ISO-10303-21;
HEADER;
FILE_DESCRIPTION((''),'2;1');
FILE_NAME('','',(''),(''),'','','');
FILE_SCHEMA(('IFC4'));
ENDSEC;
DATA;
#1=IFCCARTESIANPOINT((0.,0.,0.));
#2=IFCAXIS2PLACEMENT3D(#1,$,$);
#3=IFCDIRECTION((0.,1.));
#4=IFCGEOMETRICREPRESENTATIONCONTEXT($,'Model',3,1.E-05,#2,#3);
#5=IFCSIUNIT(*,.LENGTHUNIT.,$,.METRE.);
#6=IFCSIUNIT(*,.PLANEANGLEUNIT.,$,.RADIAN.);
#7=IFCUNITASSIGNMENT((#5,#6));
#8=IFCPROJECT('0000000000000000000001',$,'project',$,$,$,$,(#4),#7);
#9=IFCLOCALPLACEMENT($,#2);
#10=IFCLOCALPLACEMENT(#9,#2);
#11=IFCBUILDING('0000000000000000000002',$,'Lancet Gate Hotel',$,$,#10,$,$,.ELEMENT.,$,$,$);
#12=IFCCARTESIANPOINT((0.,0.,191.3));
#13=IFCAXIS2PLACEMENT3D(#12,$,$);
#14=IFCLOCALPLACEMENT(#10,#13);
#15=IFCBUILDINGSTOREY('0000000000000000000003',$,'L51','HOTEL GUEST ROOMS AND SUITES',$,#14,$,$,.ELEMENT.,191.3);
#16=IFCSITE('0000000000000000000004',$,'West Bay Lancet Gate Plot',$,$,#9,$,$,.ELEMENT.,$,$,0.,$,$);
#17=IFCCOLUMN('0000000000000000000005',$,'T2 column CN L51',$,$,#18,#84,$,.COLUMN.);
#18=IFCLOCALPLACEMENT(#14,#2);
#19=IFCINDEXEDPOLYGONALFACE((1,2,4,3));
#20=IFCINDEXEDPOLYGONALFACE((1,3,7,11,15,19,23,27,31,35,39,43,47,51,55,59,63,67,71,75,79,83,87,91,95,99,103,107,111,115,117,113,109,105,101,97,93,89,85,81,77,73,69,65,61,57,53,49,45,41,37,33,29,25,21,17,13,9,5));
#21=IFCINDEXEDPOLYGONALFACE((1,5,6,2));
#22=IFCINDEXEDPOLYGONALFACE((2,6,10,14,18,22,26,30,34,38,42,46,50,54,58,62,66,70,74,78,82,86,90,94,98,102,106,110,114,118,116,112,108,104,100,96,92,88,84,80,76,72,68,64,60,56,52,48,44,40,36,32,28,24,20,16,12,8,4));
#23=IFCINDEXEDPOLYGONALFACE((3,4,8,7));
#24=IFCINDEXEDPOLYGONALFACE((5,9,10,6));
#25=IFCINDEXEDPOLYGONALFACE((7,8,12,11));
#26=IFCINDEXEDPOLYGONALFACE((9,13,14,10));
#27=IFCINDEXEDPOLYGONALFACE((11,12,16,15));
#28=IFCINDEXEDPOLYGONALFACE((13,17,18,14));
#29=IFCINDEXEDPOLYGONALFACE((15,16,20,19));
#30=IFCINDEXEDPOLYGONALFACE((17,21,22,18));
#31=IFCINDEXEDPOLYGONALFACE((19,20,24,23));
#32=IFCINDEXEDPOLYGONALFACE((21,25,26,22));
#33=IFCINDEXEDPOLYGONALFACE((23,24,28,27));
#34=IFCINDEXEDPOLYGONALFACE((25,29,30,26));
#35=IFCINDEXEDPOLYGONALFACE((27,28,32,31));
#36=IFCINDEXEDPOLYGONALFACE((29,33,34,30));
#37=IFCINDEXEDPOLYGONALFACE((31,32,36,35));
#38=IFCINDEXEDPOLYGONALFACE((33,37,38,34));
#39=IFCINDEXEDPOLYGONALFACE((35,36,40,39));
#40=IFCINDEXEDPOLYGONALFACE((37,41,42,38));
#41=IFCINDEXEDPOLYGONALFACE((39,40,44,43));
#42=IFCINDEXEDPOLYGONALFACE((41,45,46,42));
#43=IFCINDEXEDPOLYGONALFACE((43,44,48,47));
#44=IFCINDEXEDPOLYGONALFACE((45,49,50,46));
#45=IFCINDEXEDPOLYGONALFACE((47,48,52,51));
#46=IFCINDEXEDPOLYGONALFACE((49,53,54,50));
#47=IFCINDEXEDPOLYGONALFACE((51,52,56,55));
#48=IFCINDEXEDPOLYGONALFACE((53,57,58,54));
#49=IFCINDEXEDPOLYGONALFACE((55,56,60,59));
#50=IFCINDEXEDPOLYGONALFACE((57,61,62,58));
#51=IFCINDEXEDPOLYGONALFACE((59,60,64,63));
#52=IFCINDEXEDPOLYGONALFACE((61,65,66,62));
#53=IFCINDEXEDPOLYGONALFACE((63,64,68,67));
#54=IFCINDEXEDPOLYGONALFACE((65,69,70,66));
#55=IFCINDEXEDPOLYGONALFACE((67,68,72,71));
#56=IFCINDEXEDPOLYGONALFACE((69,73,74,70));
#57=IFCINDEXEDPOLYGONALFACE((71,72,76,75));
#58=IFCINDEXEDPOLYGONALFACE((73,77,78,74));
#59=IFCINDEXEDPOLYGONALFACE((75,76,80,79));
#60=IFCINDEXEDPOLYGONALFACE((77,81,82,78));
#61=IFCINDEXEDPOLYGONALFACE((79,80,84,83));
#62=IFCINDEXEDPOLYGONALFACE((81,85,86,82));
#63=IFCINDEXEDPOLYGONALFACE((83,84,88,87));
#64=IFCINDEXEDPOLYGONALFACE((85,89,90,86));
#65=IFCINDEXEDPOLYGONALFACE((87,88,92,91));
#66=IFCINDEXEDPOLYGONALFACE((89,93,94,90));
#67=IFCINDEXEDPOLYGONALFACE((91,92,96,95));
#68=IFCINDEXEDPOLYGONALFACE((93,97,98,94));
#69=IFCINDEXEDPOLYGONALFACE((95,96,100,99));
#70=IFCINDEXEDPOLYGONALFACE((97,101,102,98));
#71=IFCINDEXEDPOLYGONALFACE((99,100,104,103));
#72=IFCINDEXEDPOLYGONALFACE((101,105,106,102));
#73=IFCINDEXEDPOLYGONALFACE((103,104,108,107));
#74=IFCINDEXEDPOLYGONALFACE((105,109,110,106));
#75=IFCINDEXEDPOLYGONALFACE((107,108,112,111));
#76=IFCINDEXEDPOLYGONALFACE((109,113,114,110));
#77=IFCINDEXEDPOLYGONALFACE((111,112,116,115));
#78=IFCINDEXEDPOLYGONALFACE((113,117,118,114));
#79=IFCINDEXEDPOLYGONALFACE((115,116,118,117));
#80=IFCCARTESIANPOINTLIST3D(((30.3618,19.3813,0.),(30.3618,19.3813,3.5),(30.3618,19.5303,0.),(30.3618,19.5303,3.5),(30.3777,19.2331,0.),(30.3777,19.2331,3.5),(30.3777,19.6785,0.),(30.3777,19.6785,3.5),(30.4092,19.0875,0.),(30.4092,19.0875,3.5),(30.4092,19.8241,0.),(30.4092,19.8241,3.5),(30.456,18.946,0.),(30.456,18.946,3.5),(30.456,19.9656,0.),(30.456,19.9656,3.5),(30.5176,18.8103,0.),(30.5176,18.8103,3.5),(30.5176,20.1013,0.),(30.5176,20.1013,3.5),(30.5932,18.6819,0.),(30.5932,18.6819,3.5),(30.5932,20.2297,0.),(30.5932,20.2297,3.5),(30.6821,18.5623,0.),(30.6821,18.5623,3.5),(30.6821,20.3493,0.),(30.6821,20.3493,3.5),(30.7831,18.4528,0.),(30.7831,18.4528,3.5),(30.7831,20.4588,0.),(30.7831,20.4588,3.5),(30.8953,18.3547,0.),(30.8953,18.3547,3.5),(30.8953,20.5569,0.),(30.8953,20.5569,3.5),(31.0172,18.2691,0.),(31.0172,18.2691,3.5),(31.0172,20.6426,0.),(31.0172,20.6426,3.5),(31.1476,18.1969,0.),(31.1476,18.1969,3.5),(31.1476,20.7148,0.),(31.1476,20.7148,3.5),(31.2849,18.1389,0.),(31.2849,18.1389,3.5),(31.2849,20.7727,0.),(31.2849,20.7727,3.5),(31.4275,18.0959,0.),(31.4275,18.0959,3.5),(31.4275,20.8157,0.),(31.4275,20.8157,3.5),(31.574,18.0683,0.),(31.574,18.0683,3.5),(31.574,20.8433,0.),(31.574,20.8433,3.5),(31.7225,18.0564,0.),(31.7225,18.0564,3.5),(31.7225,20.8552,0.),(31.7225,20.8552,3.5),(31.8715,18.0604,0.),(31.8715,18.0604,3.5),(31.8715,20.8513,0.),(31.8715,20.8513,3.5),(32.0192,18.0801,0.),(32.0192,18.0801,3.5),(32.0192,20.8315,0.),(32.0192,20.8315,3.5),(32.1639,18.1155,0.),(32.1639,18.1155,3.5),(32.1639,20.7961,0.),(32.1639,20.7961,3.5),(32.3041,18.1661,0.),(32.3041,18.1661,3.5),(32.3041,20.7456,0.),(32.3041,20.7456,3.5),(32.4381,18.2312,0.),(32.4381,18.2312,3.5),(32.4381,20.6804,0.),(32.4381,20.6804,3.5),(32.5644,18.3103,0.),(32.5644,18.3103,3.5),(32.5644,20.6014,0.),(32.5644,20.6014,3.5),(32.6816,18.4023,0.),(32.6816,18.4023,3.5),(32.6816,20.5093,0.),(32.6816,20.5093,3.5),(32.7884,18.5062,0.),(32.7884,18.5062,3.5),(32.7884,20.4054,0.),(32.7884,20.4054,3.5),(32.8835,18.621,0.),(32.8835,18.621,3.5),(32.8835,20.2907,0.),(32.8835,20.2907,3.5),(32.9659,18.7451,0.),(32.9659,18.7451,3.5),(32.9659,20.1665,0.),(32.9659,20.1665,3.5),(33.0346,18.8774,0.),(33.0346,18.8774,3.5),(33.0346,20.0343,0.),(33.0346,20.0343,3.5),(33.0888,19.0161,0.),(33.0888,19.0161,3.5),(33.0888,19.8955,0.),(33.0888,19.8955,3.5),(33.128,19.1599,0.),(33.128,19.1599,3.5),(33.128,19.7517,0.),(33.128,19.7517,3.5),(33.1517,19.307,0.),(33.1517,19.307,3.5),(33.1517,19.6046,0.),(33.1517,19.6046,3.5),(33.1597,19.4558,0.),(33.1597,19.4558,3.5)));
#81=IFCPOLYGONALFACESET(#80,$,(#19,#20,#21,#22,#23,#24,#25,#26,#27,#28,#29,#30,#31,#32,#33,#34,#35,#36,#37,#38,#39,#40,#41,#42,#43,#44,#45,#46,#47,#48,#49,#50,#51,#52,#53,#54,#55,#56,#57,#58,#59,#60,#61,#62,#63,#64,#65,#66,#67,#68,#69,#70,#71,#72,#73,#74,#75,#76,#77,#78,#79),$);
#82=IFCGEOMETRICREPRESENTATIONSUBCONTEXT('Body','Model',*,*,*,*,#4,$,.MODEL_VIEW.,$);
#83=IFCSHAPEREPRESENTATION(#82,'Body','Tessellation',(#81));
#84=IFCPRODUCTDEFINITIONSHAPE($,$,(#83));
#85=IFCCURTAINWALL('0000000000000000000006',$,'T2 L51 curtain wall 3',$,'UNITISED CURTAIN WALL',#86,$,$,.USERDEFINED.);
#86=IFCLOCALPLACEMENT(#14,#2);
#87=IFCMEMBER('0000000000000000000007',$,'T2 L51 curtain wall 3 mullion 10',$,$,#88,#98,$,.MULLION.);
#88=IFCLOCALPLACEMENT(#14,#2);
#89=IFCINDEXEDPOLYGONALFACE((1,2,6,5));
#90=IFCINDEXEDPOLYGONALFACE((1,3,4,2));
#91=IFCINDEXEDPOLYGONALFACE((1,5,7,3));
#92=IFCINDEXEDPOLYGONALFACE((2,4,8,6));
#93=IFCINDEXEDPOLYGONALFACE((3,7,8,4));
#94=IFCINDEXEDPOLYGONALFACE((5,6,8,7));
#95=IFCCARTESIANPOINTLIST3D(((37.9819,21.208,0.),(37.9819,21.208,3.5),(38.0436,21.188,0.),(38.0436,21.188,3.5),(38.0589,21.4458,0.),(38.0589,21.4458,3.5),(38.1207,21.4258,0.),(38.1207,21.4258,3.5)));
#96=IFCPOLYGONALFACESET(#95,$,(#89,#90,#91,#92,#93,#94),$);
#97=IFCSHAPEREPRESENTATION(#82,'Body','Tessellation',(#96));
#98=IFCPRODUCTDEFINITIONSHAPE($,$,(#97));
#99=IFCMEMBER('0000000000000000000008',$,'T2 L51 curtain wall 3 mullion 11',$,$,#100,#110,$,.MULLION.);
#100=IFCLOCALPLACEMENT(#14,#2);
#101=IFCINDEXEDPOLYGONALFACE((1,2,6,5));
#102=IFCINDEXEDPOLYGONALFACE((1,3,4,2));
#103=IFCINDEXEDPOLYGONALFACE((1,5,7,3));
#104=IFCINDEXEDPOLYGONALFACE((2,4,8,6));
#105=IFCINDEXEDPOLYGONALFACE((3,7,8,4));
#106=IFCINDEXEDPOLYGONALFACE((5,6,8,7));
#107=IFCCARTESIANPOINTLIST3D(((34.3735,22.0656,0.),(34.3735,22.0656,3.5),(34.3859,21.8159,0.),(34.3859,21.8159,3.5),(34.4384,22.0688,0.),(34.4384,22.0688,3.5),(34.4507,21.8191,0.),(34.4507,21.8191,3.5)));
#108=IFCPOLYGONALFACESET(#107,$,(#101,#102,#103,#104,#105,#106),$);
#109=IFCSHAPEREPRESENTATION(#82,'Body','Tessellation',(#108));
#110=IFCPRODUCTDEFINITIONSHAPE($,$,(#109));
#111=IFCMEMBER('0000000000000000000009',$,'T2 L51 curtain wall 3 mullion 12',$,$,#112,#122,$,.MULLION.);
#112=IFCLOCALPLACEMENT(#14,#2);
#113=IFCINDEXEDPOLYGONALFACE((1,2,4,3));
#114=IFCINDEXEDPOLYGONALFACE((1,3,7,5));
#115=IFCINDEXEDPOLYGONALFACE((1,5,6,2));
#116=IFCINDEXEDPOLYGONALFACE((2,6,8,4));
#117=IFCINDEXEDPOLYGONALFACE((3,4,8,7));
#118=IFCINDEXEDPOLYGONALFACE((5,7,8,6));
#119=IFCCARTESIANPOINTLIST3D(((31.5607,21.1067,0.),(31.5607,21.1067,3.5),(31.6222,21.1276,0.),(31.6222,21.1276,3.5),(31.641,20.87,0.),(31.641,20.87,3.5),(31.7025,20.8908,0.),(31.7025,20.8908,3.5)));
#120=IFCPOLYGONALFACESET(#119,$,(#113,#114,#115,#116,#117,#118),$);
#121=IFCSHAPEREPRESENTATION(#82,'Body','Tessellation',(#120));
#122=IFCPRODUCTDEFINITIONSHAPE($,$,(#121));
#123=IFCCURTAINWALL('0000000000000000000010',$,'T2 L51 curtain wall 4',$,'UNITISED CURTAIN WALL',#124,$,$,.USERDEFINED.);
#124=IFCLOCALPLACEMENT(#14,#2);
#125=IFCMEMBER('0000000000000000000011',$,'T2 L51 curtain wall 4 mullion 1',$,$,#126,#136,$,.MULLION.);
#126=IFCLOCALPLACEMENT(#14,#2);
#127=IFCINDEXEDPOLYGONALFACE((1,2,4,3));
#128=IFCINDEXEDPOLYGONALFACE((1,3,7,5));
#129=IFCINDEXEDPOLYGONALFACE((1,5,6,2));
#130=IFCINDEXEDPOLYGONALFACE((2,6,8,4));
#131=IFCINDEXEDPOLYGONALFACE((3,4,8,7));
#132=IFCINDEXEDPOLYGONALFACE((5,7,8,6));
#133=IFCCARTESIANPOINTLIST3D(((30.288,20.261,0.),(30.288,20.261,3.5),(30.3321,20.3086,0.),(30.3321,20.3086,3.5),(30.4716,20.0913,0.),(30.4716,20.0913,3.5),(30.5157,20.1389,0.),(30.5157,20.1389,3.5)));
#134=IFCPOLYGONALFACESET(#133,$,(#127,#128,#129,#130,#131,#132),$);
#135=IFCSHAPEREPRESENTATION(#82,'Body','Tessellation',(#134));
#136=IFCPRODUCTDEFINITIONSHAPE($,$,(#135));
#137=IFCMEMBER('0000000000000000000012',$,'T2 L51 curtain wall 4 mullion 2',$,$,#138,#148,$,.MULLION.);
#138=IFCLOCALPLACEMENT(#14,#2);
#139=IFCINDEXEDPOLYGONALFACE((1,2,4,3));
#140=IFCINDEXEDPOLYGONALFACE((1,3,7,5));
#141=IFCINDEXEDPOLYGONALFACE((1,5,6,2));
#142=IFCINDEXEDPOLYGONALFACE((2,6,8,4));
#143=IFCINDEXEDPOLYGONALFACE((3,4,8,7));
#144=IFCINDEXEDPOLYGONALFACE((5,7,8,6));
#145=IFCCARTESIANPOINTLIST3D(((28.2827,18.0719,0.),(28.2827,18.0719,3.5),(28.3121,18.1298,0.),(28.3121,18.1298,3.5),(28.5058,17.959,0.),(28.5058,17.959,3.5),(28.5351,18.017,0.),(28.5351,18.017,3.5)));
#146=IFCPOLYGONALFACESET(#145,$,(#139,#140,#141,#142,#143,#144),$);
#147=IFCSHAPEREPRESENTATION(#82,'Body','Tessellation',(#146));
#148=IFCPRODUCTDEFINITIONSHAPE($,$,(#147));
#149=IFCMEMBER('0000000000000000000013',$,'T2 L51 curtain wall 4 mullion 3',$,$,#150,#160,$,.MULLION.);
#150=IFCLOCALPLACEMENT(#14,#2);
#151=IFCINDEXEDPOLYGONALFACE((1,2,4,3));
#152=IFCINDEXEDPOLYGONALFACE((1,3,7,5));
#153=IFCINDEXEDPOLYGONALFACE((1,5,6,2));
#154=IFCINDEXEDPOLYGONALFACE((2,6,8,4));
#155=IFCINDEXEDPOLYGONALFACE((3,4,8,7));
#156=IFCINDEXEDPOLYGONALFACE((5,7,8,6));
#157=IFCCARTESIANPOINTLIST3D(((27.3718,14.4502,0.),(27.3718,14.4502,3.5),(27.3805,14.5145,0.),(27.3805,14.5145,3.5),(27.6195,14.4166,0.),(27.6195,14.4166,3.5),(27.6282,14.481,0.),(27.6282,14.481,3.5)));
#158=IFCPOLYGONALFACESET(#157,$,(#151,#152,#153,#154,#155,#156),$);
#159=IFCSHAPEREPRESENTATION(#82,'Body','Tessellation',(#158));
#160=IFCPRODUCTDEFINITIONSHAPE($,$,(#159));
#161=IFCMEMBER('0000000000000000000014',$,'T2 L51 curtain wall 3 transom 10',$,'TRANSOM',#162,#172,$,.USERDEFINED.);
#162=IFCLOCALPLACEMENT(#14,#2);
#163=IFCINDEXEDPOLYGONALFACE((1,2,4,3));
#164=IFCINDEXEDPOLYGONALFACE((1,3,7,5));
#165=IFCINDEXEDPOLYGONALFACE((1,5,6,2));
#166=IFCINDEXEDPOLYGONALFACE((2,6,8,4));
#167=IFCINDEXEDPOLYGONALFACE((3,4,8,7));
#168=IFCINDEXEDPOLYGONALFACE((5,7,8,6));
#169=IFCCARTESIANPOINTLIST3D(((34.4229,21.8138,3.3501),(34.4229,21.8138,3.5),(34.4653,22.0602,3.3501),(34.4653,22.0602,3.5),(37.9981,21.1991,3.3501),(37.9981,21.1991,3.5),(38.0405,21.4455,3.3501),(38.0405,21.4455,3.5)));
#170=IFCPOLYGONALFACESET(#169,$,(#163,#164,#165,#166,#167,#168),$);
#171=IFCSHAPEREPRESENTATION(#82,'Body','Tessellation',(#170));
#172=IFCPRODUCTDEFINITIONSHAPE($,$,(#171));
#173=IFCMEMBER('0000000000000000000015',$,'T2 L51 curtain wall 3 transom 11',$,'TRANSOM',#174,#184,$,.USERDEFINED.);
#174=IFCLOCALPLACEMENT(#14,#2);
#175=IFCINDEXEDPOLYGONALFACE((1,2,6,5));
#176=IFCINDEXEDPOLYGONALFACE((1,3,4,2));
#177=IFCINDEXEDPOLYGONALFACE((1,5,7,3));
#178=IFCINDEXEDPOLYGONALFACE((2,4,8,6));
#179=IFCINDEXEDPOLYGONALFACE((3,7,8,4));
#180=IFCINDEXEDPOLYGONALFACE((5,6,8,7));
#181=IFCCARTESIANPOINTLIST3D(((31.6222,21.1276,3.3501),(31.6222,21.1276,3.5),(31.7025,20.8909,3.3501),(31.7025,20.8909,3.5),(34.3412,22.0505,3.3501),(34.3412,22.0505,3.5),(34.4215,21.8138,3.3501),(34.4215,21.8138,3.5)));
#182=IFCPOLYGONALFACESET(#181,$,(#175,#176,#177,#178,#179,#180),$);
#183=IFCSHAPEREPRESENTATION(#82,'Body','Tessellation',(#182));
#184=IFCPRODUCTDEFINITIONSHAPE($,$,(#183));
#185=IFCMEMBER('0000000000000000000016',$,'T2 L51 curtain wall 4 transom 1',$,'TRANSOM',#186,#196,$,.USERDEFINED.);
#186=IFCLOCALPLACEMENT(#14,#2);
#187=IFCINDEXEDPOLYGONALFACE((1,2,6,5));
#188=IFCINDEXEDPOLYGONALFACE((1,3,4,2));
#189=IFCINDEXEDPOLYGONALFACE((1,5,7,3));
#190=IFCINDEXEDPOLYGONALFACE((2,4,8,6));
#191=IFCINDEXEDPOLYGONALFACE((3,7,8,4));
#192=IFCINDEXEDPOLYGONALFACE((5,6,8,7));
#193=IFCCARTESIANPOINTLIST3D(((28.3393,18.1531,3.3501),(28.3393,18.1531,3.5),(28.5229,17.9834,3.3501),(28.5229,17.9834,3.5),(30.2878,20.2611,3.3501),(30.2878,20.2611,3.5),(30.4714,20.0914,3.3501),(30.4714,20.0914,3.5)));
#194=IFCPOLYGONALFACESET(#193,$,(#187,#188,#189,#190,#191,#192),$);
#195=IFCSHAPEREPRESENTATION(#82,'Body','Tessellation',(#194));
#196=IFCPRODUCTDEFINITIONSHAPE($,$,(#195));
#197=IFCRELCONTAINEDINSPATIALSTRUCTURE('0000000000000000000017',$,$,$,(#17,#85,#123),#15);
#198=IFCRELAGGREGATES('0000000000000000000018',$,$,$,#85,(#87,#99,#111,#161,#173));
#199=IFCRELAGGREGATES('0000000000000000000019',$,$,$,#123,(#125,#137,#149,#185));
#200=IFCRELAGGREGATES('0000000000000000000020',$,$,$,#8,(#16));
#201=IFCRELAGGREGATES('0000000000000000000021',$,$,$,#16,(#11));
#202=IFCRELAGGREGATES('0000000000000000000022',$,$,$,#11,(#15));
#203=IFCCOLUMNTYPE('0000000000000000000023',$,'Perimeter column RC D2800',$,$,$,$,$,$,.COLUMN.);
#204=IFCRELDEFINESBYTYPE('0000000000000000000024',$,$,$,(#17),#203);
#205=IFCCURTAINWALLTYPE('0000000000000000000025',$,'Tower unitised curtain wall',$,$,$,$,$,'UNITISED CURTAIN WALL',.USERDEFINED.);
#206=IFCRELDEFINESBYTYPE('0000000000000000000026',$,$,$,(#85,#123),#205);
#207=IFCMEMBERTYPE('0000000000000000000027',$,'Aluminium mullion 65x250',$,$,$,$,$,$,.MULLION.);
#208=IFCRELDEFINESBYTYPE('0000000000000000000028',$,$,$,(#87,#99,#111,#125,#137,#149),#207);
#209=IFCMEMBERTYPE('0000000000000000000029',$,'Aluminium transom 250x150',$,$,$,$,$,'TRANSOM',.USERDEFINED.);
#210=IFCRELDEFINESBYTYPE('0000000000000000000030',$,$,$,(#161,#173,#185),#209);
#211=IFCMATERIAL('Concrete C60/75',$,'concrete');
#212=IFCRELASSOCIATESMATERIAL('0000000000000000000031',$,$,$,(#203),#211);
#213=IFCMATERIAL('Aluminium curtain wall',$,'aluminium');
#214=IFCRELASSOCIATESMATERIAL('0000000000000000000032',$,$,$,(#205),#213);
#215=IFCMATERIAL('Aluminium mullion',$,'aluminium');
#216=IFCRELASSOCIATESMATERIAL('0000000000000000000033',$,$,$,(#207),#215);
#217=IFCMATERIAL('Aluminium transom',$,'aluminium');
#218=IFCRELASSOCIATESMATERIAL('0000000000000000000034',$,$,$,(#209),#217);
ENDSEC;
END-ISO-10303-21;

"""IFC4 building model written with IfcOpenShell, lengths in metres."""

from ifc_helpers import new_model, si_unit, direction, frame, origin, origin_2d, place, context, subcontext, project, spatial, rectangle, circle, extrude, material, material_profile, profile_set, type_object, element, aggregate, save


model = new_model("IFC4")

# Units and contexts
model_context = context("Model", 3, precision=1e-05, world=origin(), true_north=direction((0.0, 1.0)))
body_context = subcontext(model_context, "Body", "Model", "MODEL_VIEW")
ifc_project = project(units=[si_unit("LENGTHUNIT", "METRE"), si_unit("PLANEANGLEUNIT", "RADIAN")], contexts=[model_context])

# Site, building, storey
site_placement = place(None, origin())
site = spatial("IfcSite", under=ifc_project, at=site_placement, Name="West Bay Lancet Gate Plot", CompositionType="ELEMENT", RefElevation=0.0)
building_placement = place(site_placement, origin())
building = spatial("IfcBuilding", under=site, at=building_placement, Name="Lancet Gate Hotel", CompositionType="ELEMENT")
storey_placement = place(building_placement, frame((0.0, 0.0, 191.3)))
storey = spatial("IfcBuildingStorey", under=building, at=storey_placement, Name="L51", Description="HOTEL GUEST ROOMS AND SUITES", CompositionType="ELEMENT", Elevation=191.3)

# Column
ifc_material_1 = material(Name="Concrete C60/75", Category="concrete")
ifc_material_profile_1 = material_profile(ifc_material_1, circle(Radius=1.3999, at=origin_2d()), Name="RC D2800")
ifc_profile_set_1 = profile_set([ifc_material_profile_1], Name="Concrete C60/75")
column_type = type_object("IfcColumnType", Name="Perimeter column RC D2800", PredefinedType="COLUMN", material=ifc_profile_set_1)
column_placement = place(storey_placement, frame((31.7598, 19.4558, 0.0), z_axis=(0.0, 0.0, 1.0), x_axis=(1.0, 0.0, 0.0)))
element("IfcColumn", 1, at=column_placement, inside=storey, type_object=column_type, Name="T2 column CN L51", PredefinedType="COLUMN", context=body_context, shape_type="SweptSolid", body=[
    extrude(circle(Radius=1.3999, at=origin_2d()), origin(), (0.0, 0.0, 1.0), 3.5),
])

# Curtain walls, members
ifc_material_2 = material(Name="Aluminium curtain wall", Category="aluminium")
curtain_wall_type = type_object("IfcCurtainWallType", Name="Tower unitised curtain wall", ElementType="UNITISED CURTAIN WALL", PredefinedType="USERDEFINED", material=ifc_material_2)
curtain_wall_1_placement = place(storey_placement, origin())
curtain_wall_1 = element("IfcCurtainWall", 2, at=curtain_wall_1_placement, inside=storey, type_object=curtain_wall_type, Name="T2 L51 curtain wall 3", ObjectType="UNITISED CURTAIN WALL", PredefinedType="USERDEFINED")
ifc_material_3 = material(Name="Aluminium mullion", Category="aluminium")
ifc_material_profile_2 = material_profile(ifc_material_3, rectangle(XDim=0.0649, YDim=0.25, at=origin_2d()), Name="MULLION 65x250")
ifc_profile_set_2 = profile_set([ifc_material_profile_2], Name="Aluminium mullion")
member_type_1 = type_object("IfcMemberType", Name="Aluminium mullion 65x250", PredefinedType="MULLION", material=ifc_profile_set_2)
member_1_placement = place(storey_placement, frame((38.0513, 21.3169, 0.0), z_axis=(0.0, 0.0, 1.0), x_axis=(-0.951355, 0.308095, 0.0)))
member_1 = element("IfcMember", 3, at=member_1_placement, type_object=member_type_1, Name="T2 L51 curtain wall 3 mullion 10", PredefinedType="MULLION", context=body_context, shape_type="SweptSolid", body=[
    extrude(rectangle(XDim=0.0649, YDim=0.25, at=origin_2d()), origin(), (0.0, 0.0, 1.0), 3.5),
])
member_2_placement = place(storey_placement, frame((34.4121, 21.9424, 0.0), z_axis=(0.0, 0.0, 1.0), x_axis=(-0.998776, -0.049471, 0.0)))
member_2 = element("IfcMember", 4, at=member_2_placement, type_object=member_type_1, Name="T2 L51 curtain wall 3 mullion 11", PredefinedType="MULLION", context=body_context, shape_type="SweptSolid", body=[
    extrude(rectangle(XDim=0.0649, YDim=0.25, at=origin_2d()), origin(), (0.0, 0.0, 1.0), 3.5),
])
member_3_placement = place(storey_placement, frame((31.6316, 20.9988, 0.0), z_axis=(0.0, 0.0, 1.0), x_axis=(-0.946952, -0.321374, 0.0)))
member_3 = element("IfcMember", 5, at=member_3_placement, type_object=member_type_1, Name="T2 L51 curtain wall 3 mullion 12", PredefinedType="MULLION", context=body_context, shape_type="SweptSolid", body=[
    extrude(rectangle(XDim=0.0649, YDim=0.25, at=origin_2d()), origin(), (0.0, 0.0, 1.0), 3.5),
])
curtain_wall_2_placement = place(storey_placement, origin())
curtain_wall_2 = element("IfcCurtainWall", 6, at=curtain_wall_2_placement, inside=storey, type_object=curtain_wall_type, Name="T2 L51 curtain wall 4", ObjectType="UNITISED CURTAIN WALL", PredefinedType="USERDEFINED")
member_4_placement = place(storey_placement, frame((30.4019, 20.2, 0.0), z_axis=(0.0, 0.0, 1.0), x_axis=(-0.678831, -0.734294, 0.0)))
member_4 = element("IfcMember", 7, at=member_4_placement, type_object=member_type_1, Name="T2 L51 curtain wall 4 mullion 1", PredefinedType="MULLION", context=body_context, shape_type="SweptSolid", body=[
    extrude(rectangle(XDim=0.0649, YDim=0.25, at=origin_2d()), origin(), (0.0, 0.0, 1.0), 3.5),
])
member_5_placement = place(storey_placement, frame((28.4089, 18.0444, 0.0), z_axis=(0.0, 0.0, 1.0), x_axis=(-0.451506, -0.892268, 0.0)))
member_5 = element("IfcMember", 8, at=member_5_placement, type_object=member_type_1, Name="T2 L51 curtain wall 4 mullion 2", PredefinedType="MULLION", context=body_context, shape_type="SweptSolid", body=[
    extrude(rectangle(XDim=0.0649, YDim=0.25, at=origin_2d()), origin(), (0.0, 0.0, 1.0), 3.5),
])
member_6_placement = place(storey_placement, frame((27.5, 14.4656, 0.0), z_axis=(0.0, 0.0, 1.0), x_axis=(-0.134207, -0.990953, 0.0)))
member_6 = element("IfcMember", 9, at=member_6_placement, type_object=member_type_1, Name="T2 L51 curtain wall 4 mullion 3", PredefinedType="MULLION", context=body_context, shape_type="SweptSolid", body=[
    extrude(rectangle(XDim=0.0649, YDim=0.25, at=origin_2d()), origin(), (0.0, 0.0, 1.0), 3.5),
])

# Members
ifc_material_4 = material(Name="Aluminium transom", Category="aluminium")
ifc_material_profile_3 = material_profile(ifc_material_4, rectangle(XDim=0.25, YDim=0.1499, at=origin_2d()), Name="TRANSOM 250x150")
ifc_profile_set_3 = profile_set([ifc_material_profile_3], Name="Aluminium transom")
member_type_2 = type_object("IfcMemberType", Name="Aluminium transom 250x150", ElementType="TRANSOM", PredefinedType="USERDEFINED", material=ifc_profile_set_3)
member_7_placement = place(storey_placement, frame((38.0193, 21.3223, 3.425), z_axis=(-0.985537, 0.169461, 0.0), x_axis=(-0.169461, -0.985537, 0.0)))
member_7 = element("IfcMember", 10, at=member_7_placement, type_object=member_type_2, Name="T2 L51 curtain wall 3 transom 10", ObjectType="TRANSOM", PredefinedType="USERDEFINED", context=body_context, shape_type="SweptSolid", body=[
    extrude(rectangle(XDim=0.25, YDim=0.1499, at=origin_2d()), origin(), (0.0, 0.0, 1.0), 3.6277),
])
member_8_placement = place(storey_placement, frame((34.3813, 21.9321, 3.425), z_axis=(-0.946943, -0.321401, 0.0), x_axis=(0.321401, -0.946943, 0.0)))
member_8 = element("IfcMember", 11, at=member_8_placement, type_object=member_type_2, Name="T2 L51 curtain wall 3 transom 11", ObjectType="TRANSOM", PredefinedType="USERDEFINED", context=body_context, shape_type="SweptSolid", body=[
    extrude(rectangle(XDim=0.25, YDim=0.1499, at=origin_2d()), origin(), (0.0, 0.0, 1.0), 2.8713),
])
member_9_placement = place(storey_placement, frame((30.3796, 20.1763, 3.425), z_axis=(-0.678792, -0.73433, 0.0), x_axis=(0.73433, -0.678792, 0.0)))
member_9 = element("IfcMember", 12, at=member_9_placement, type_object=member_type_2, Name="T2 L51 curtain wall 4 transom 1", ObjectType="TRANSOM", PredefinedType="USERDEFINED", context=body_context, shape_type="SweptSolid", body=[
    extrude(rectangle(XDim=0.25, YDim=0.1499, at=origin_2d()), origin(), (0.0, 0.0, 1.0), 2.8706),
])

aggregate(curtain_wall_1, [member_1, member_2, member_3, member_7, member_8])
aggregate(curtain_wall_2, [member_4, member_5, member_6, member_9])

save(model, "model.ifc")
